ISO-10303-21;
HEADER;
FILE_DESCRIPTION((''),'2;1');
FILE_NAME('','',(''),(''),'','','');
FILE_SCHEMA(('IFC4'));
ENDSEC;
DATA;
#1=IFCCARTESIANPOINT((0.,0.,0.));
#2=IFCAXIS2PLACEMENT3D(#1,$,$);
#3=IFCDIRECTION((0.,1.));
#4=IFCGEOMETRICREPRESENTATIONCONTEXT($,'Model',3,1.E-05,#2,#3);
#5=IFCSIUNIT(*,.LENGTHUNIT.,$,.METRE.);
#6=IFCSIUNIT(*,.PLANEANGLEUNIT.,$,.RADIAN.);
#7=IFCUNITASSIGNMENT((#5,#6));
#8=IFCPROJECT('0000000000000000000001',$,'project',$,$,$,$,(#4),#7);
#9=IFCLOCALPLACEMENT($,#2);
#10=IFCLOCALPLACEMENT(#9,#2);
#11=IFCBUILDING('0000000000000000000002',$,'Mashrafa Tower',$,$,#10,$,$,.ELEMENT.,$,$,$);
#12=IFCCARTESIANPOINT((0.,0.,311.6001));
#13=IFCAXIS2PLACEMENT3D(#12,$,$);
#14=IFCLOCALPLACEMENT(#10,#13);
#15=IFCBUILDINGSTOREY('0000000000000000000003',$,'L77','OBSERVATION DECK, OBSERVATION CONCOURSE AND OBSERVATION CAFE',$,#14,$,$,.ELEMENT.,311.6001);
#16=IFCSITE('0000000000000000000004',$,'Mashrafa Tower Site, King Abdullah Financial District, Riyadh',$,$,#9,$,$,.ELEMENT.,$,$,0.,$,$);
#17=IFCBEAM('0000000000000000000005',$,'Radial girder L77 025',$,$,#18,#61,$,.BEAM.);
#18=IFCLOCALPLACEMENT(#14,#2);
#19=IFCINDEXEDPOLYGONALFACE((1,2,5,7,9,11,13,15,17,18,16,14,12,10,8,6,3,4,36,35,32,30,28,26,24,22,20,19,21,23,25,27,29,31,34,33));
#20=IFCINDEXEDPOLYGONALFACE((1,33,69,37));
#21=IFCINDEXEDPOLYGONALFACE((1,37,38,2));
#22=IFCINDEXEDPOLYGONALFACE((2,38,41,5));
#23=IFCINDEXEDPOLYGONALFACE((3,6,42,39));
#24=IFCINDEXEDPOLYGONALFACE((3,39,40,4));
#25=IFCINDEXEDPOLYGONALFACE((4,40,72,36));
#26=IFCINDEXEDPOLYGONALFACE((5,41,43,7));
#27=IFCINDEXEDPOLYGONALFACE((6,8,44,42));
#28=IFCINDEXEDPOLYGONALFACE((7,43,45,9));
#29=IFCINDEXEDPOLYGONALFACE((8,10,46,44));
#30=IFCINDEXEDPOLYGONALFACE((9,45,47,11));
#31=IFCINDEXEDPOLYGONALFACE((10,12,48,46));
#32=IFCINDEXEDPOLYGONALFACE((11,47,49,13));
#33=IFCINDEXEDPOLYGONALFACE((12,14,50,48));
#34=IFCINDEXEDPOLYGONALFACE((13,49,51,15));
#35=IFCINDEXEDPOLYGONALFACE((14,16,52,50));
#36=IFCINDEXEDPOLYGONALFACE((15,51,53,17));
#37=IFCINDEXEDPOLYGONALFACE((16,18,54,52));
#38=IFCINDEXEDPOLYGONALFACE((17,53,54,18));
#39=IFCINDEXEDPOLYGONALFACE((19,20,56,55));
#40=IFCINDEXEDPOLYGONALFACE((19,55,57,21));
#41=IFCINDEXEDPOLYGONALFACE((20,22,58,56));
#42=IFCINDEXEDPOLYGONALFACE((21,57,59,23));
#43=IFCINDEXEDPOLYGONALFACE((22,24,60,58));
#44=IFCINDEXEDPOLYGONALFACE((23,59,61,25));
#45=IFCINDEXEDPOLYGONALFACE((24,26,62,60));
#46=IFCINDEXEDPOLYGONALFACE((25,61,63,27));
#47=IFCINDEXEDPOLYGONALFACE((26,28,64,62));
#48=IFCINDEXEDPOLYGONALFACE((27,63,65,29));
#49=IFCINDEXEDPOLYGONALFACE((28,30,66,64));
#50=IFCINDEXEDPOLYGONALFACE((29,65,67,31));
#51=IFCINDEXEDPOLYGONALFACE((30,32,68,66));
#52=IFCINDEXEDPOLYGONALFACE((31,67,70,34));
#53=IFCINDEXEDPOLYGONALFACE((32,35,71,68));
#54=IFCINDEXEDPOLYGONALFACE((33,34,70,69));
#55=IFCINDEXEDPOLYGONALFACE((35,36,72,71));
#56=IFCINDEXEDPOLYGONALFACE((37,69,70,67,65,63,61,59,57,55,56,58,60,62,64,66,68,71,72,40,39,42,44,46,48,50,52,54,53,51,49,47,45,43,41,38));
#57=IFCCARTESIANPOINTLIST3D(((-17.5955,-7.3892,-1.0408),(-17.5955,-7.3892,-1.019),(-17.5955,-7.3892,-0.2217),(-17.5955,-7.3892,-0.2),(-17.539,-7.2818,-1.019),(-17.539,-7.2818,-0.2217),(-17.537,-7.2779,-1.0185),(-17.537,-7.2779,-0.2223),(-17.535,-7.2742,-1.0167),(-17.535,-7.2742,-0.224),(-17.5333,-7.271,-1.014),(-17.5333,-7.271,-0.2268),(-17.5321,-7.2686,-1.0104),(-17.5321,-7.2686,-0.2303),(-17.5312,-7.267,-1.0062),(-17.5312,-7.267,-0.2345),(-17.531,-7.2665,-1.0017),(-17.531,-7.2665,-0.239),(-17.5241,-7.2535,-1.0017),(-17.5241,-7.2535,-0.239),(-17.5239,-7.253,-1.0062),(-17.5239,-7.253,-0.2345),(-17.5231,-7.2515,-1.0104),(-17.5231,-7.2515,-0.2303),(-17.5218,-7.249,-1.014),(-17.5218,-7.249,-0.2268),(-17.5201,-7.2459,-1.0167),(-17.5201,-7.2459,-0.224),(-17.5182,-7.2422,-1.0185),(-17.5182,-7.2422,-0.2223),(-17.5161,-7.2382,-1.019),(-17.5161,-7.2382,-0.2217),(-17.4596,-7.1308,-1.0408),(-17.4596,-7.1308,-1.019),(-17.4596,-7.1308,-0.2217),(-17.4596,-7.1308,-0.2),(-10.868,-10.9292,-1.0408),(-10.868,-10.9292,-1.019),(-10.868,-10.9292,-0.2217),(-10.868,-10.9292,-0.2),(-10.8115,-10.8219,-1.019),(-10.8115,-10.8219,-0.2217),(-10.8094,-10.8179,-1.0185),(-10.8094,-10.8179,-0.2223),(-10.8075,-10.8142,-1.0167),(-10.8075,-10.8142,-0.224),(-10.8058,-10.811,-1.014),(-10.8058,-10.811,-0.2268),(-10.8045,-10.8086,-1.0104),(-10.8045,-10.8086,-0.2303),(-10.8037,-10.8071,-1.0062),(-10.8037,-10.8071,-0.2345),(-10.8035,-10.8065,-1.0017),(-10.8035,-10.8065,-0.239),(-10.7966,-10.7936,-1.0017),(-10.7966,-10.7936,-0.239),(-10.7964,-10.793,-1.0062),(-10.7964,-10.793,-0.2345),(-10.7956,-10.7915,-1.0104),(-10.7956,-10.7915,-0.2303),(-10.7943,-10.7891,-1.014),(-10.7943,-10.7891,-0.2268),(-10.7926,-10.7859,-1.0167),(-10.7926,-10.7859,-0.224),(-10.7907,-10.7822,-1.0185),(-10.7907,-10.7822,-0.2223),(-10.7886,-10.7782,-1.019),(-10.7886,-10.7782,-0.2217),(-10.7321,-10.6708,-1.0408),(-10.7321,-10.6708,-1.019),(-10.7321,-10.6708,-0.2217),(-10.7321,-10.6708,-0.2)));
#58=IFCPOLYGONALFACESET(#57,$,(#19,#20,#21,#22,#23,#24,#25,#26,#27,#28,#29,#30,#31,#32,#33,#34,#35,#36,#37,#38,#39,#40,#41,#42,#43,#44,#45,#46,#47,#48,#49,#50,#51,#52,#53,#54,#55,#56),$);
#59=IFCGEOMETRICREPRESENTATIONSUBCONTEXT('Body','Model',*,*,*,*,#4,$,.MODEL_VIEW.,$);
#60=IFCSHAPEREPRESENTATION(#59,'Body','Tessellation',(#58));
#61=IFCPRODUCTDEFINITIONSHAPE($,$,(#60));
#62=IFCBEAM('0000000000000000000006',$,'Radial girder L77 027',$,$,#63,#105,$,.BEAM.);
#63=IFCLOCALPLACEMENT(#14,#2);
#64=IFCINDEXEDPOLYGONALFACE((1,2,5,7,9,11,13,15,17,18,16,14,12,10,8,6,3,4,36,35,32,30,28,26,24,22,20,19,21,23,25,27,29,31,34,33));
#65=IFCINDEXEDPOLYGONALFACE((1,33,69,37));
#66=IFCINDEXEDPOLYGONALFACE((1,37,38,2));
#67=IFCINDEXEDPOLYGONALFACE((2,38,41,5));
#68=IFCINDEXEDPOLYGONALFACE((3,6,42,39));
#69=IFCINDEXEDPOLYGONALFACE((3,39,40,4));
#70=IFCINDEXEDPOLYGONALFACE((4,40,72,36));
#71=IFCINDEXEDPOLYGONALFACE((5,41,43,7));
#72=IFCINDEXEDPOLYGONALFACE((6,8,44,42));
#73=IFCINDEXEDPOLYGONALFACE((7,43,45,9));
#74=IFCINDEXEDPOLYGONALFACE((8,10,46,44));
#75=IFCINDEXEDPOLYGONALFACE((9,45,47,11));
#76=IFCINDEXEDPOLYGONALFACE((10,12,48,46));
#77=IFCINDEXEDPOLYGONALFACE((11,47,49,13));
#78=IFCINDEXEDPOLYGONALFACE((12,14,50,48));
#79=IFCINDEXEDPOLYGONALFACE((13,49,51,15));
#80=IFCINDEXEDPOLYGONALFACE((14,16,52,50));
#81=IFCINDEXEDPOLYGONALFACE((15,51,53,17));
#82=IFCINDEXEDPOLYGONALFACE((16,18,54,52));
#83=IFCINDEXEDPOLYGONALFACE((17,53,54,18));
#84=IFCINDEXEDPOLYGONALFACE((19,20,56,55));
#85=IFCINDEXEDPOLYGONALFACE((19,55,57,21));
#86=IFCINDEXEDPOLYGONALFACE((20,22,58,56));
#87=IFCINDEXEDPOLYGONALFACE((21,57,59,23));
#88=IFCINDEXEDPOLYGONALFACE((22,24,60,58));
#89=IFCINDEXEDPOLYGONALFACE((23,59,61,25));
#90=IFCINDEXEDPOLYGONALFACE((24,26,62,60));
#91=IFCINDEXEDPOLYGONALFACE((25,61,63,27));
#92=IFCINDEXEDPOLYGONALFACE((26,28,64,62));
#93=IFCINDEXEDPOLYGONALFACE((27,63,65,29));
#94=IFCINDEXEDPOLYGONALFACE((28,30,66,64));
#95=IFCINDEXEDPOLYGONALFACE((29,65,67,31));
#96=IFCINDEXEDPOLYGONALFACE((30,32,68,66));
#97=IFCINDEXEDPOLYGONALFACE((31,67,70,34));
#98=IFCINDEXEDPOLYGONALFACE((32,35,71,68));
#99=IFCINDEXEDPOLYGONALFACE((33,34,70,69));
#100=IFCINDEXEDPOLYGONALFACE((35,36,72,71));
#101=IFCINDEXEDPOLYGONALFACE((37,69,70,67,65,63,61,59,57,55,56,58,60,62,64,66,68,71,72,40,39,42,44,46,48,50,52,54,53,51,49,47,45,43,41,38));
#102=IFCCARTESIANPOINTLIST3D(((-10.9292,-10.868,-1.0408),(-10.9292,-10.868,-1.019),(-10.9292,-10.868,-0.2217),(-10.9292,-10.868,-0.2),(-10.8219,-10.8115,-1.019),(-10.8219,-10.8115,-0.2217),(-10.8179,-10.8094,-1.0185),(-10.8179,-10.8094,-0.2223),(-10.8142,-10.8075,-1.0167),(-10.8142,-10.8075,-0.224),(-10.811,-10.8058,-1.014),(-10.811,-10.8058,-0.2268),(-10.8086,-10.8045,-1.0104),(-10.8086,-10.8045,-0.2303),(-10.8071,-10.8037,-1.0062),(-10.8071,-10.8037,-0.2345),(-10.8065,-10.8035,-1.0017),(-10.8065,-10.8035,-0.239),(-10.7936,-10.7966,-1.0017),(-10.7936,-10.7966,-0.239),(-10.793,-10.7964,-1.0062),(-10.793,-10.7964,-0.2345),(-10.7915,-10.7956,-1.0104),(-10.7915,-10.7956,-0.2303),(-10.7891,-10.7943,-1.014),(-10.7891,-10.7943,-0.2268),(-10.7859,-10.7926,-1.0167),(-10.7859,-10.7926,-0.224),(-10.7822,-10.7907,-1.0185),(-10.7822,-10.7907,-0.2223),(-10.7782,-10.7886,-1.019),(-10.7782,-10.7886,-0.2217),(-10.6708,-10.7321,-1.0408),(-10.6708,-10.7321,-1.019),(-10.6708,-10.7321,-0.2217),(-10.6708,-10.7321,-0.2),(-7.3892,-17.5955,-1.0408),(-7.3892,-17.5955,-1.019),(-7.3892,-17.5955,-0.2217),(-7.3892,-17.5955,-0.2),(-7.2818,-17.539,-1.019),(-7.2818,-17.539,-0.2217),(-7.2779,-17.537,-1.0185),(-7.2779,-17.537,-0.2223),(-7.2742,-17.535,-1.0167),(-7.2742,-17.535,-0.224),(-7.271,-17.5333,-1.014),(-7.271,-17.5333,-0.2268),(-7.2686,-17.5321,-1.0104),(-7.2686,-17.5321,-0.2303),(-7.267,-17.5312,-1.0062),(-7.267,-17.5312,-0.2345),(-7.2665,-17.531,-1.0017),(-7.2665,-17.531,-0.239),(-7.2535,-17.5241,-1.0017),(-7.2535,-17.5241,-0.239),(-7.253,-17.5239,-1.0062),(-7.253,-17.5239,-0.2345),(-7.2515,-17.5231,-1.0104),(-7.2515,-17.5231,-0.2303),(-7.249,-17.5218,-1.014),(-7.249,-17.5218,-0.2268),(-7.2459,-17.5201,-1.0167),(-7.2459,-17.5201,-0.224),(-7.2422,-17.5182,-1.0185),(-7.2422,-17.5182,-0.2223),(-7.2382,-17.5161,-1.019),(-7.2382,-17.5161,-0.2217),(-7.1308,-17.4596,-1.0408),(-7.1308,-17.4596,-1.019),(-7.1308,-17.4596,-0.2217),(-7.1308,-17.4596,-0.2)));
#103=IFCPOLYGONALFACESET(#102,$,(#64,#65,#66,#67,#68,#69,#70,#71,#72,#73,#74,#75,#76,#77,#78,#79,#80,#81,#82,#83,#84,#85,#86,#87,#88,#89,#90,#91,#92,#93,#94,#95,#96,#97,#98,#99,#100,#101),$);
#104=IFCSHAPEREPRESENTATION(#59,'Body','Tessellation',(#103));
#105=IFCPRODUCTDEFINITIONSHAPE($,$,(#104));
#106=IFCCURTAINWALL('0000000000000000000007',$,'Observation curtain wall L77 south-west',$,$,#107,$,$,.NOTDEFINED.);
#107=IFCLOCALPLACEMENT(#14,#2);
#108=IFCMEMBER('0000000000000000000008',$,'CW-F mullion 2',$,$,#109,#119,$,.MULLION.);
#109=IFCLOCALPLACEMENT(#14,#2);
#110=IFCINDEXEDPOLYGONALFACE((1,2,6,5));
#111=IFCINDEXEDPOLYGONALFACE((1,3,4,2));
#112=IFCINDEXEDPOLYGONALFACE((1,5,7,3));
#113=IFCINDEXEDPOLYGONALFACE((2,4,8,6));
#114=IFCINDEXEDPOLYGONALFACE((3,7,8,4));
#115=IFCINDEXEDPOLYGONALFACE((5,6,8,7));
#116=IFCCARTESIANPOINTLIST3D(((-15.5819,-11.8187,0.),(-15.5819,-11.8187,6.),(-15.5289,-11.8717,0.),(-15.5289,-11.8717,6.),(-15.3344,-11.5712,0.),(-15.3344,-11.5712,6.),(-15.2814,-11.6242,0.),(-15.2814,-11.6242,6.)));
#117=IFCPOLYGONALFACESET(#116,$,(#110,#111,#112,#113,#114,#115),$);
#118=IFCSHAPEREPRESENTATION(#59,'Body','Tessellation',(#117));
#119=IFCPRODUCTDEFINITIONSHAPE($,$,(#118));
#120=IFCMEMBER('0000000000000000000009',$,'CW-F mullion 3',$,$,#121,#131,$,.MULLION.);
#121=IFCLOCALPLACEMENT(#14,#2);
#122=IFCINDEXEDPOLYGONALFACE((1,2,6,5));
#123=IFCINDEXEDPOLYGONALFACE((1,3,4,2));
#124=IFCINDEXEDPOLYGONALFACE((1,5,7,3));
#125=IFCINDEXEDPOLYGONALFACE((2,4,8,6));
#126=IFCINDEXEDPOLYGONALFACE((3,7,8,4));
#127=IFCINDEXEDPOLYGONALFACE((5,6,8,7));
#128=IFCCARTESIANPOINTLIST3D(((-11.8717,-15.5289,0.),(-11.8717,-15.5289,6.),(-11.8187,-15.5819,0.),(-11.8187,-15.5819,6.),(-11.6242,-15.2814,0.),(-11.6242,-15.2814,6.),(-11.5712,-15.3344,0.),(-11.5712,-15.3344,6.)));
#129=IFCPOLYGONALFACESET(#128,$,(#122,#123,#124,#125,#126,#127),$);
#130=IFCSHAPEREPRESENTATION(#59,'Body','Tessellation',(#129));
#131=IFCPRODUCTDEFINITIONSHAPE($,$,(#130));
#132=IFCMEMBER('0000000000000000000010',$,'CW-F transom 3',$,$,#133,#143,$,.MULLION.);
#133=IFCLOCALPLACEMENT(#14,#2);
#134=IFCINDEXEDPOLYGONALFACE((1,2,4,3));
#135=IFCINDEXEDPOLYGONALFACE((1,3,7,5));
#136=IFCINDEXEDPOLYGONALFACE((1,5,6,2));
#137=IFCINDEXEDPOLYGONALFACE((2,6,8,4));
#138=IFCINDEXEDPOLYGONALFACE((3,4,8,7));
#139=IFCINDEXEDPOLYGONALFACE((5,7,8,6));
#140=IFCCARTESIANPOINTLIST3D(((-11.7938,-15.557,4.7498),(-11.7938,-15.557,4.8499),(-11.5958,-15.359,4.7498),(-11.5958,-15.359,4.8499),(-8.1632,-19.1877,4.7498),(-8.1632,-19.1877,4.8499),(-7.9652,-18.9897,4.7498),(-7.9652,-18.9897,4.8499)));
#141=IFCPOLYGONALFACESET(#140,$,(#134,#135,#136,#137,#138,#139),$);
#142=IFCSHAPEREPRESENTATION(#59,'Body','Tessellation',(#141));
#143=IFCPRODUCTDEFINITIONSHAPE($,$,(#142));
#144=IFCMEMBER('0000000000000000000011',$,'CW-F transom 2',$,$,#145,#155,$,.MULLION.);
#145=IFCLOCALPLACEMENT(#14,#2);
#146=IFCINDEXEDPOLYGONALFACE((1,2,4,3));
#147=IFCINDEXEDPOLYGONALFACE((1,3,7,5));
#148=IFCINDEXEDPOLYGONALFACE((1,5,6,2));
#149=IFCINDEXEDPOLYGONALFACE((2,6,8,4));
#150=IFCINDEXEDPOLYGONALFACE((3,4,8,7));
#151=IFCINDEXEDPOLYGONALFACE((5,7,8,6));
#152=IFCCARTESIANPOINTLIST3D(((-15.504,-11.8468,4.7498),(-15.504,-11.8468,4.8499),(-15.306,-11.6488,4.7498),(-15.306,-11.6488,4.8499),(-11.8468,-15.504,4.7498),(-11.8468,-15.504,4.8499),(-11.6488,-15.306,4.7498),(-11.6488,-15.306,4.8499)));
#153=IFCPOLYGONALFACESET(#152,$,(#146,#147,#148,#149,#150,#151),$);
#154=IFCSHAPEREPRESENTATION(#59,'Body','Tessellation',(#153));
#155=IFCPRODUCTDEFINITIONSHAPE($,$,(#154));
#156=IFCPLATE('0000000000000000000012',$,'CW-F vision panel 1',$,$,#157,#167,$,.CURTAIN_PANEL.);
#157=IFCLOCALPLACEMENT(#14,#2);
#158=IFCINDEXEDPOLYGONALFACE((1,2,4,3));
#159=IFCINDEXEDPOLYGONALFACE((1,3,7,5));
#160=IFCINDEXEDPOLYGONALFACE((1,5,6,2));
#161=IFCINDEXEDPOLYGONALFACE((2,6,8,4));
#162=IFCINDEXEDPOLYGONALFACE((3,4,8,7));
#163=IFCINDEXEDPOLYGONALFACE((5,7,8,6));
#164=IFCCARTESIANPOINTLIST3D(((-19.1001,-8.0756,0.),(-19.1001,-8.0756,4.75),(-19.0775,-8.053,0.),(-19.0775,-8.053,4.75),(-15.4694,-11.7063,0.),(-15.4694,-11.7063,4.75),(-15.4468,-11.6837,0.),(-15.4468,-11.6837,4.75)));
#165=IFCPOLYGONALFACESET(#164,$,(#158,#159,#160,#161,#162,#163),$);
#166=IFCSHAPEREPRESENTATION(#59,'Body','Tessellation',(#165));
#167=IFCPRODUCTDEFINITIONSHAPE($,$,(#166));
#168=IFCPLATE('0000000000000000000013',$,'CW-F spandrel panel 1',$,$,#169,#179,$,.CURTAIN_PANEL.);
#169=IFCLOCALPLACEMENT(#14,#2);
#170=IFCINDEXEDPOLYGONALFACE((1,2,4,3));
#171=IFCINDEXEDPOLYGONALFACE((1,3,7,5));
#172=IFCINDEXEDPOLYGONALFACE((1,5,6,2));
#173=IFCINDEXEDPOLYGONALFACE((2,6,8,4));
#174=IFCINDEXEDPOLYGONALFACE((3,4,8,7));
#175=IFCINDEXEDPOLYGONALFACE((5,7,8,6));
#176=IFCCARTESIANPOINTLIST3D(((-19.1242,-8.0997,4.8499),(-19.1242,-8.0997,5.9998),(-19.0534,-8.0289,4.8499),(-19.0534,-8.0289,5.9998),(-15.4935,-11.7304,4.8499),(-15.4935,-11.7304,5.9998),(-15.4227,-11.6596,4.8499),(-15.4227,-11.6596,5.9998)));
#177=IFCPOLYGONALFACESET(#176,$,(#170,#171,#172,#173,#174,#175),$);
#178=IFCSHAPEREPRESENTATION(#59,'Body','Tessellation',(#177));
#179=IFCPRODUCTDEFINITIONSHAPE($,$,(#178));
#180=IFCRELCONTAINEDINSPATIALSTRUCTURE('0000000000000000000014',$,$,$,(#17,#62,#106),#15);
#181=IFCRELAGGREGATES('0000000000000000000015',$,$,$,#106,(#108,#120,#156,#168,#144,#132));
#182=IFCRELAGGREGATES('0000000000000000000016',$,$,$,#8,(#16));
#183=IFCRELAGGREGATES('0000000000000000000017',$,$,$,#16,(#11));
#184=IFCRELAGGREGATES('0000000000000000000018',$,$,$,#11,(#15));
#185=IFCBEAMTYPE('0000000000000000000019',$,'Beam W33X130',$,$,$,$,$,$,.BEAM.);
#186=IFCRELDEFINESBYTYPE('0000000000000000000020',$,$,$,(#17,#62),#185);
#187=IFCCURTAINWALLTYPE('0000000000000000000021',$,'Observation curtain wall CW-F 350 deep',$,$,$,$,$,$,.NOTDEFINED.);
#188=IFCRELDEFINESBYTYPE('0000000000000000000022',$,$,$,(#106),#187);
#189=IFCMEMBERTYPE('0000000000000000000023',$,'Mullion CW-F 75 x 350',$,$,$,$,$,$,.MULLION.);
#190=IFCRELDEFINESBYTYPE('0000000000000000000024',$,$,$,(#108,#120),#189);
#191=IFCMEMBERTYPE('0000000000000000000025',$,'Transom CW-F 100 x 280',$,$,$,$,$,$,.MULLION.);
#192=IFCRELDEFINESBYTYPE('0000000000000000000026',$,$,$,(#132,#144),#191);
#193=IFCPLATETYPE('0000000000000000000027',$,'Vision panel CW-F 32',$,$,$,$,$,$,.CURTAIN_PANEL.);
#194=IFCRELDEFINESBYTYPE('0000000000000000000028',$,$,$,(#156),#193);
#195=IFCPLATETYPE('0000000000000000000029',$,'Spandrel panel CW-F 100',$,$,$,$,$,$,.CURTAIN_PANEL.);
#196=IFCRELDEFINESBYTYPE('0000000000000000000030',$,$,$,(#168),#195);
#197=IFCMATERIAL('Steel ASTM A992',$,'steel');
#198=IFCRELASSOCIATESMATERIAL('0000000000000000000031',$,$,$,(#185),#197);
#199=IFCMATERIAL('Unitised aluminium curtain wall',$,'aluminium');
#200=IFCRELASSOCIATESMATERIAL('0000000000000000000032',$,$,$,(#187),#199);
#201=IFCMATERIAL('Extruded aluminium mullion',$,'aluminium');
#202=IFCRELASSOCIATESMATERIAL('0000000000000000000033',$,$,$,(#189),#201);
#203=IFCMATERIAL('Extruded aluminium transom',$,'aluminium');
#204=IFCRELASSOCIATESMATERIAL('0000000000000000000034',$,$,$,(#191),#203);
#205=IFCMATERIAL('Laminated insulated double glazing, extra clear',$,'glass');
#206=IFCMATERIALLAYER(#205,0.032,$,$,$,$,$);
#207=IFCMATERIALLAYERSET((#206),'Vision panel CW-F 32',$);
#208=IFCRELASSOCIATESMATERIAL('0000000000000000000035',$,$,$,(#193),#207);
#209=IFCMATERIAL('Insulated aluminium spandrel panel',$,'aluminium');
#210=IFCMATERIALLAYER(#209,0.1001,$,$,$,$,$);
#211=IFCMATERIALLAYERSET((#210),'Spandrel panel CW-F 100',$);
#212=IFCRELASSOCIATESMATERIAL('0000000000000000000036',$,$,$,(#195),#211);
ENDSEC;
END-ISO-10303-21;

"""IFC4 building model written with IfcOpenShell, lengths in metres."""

from ifc_helpers import new_model, si_unit, direction, frame, origin, origin_2d, place, context, subcontext, project, spatial, rectangle, i_section, extrude, source, transform, mapped, material, layer, layer_set, material_profile, profile_set, type_object, type_shapes, element, aggregate, save


model = new_model("IFC4")

# Units and contexts
model_context = context("Model", 3, precision=1e-05, world=origin(), true_north=direction((0.0, 1.0)))
body_context = subcontext(model_context, "Body", "Model", "MODEL_VIEW")
ifc_project = project(units=[si_unit("LENGTHUNIT", "METRE"), si_unit("PLANEANGLEUNIT", "RADIAN")], contexts=[model_context])

# Site, building, storey
site_placement = place(None, origin())
site = spatial("IfcSite", under=ifc_project, at=site_placement, Name="Mashrafa Tower Site, King Abdullah Financial District, Riyadh", CompositionType="ELEMENT", RefElevation=0.0)
building_placement = place(site_placement, origin())
building = spatial("IfcBuilding", under=site, at=building_placement, Name="Mashrafa Tower", CompositionType="ELEMENT")
storey_placement = place(building_placement, frame((0.0, 0.0, 311.6001)))
storey = spatial("IfcBuildingStorey", under=building, at=storey_placement, Name="L77", Description="OBSERVATION DECK, OBSERVATION CONCOURSE AND OBSERVATION CAFE", CompositionType="ELEMENT", Elevation=311.6001)

# Beams
ifc_material_1 = material(Name="Steel ASTM A992", Category="steel")
ifc_material_profile_1 = material_profile(ifc_material_1, i_section(OverallWidth=0.292, OverallDepth=0.8408, WebThickness=0.0146, FlangeThickness=0.0217, FilletRadius=0.0173, at=origin_2d()), Name="W33X130")
ifc_profile_set_1 = profile_set([ifc_material_profile_1], Name="Steel ASTM A992")
beam_type_1 = type_object("IfcBeamType", Name="Beam W33X130", PredefinedType="BEAM", material=ifc_profile_set_1)
for number, where, z_axis, x_axis, name in (
    (1, (-10.8, -10.8, -0.6204), (-0.88496, 0.465667, 0.0), (-0.465667, -0.88496, 0.0), "Radial girder L77 025"),
    (2, (-10.8, -10.8, -0.6204), (0.465667, -0.88496, 0.0), (0.88496, 0.465667, 0.0), "Radial girder L77 027"),
):
    element("IfcBeam", number, at=place(storey_placement, frame(where, z_axis=z_axis, x_axis=x_axis)), inside=storey, type_object=beam_type_1, Name=name, PredefinedType="BEAM", context=body_context, shape_type="SweptSolid", body=[
        extrude(i_section(OverallWidth=0.292, OverallDepth=0.8408, WebThickness=0.0146, FlangeThickness=0.0217, FilletRadius=0.0173, at=origin_2d()), origin(), (0.0, 0.0, 1.0), 7.6021),
    ])

# Curtain wall, members, plates
ifc_material_2 = material(Name="Unitised aluminium curtain wall", Category="aluminium")
curtain_wall_type = type_object("IfcCurtainWallType", Name="Observation curtain wall CW-F 350 deep", PredefinedType="NOTDEFINED", material=ifc_material_2)
curtain_wall_placement = place(storey_placement, origin())
curtain_wall = element("IfcCurtainWall", 3, at=curtain_wall_placement, inside=storey, type_object=curtain_wall_type, Name="Observation curtain wall L77 south-west", PredefinedType="NOTDEFINED")
ifc_material_3 = material(Name="Extruded aluminium mullion", Category="aluminium")
ifc_material_profile_2 = material_profile(ifc_material_3, rectangle(XDim=0.3501, YDim=0.075, at=origin_2d()), Name="Mullion 75x350")
ifc_profile_set_2 = profile_set([ifc_material_profile_2], Name="Extruded aluminium mullion")
member_type_1 = type_object("IfcMemberType", Name="Mullion CW-F 75 x 350", PredefinedType="MULLION", material=ifc_profile_set_2)
shared_shape_1 = source(origin(), body_context, "Body", "SweptSolid", [
    extrude(rectangle(XDim=0.3501, YDim=0.075, at=origin_2d()), origin(), (0.0, 0.0, 1.0), 6.0),
])
type_shapes(member_type_1, [shared_shape_1])
member_1_placement = place(storey_placement, frame((-15.4316, -11.7214, 0.0), z_axis=(0.0, 0.0, 1.0), x_axis=(0.707107, 0.707107, 0.0)))
member_1 = element("IfcMember", 4, at=member_1_placement, type_object=member_type_1, Name="CW-F mullion 2", PredefinedType="MULLION", context=body_context, shape_type="MappedRepresentation", body=[
    mapped(shared_shape_1, transform((0.0, 0.0, 0.0))),
])
member_2_placement = place(storey_placement, frame((-11.7214, -15.4316, 0.0), z_axis=(0.0, 0.0, 1.0), x_axis=(0.707107, 0.707107, 0.0)))
member_2 = element("IfcMember", 5, at=member_2_placement, type_object=member_type_1, Name="CW-F mullion 3", PredefinedType="MULLION", context=body_context, shape_type="MappedRepresentation", body=[
    mapped(shared_shape_1, transform((0.0, 0.0, 0.0))),
])
ifc_material_4 = material(Name="Extruded aluminium transom", Category="aluminium")
ifc_material_profile_3 = material_profile(ifc_material_4, rectangle(XDim=0.28, YDim=0.1001, at=origin_2d()), Name="Transom 100x280")
ifc_profile_set_3 = profile_set([ifc_material_profile_3], Name="Extruded aluminium transom")
member_type_2 = type_object("IfcMemberType", Name="Transom CW-F 100 x 280", PredefinedType="MULLION", material=ifc_profile_set_3)
shared_shape_2 = source(origin(), body_context, "Body", "SweptSolid", [
    extrude(rectangle(XDim=0.28, YDim=0.1001, at=origin_2d()), origin(), (0.0, 0.0, 1.0), 5.1345),
])
member_3_placement = place(storey_placement, frame((-11.6948, -15.458, 4.7998), z_axis=(0.707107, -0.707107, 0.0), x_axis=(0.707107, 0.707107, 0.0)))
member_3 = element("IfcMember", 6, at=member_3_placement, type_object=member_type_2, Name="CW-F transom 3", PredefinedType="MULLION", context=body_context, shape_type="MappedRepresentation", body=[
    mapped(shared_shape_2, transform((0.0, 0.0, 0.0))),
])
shared_shape_3 = source(origin(), body_context, "Body", "SweptSolid", [
    extrude(rectangle(XDim=0.28, YDim=0.1001, at=origin_2d()), origin(), (0.0, 0.0, 1.0), 5.1721),
])
type_shapes(member_type_2, [shared_shape_2, shared_shape_3])
member_4_placement = place(storey_placement, frame((-15.405, -11.7478, 4.7998), z_axis=(0.707107, -0.707107, 0.0), x_axis=(0.707107, 0.707107, 0.0)))
member_4 = element("IfcMember", 7, at=member_4_placement, type_object=member_type_2, Name="CW-F transom 2", PredefinedType="MULLION", context=body_context, shape_type="MappedRepresentation", body=[
    mapped(shared_shape_3, transform((0.0, 0.0, 0.0))),
])
ifc_material_5 = material(Name="Laminated insulated double glazing, extra clear", Category="glass")
ifc_layer_1 = layer(ifc_material_5, 0.032)
ifc_layer_set_1 = layer_set([ifc_layer_1], Name="Vision panel CW-F 32")
plate_type_1 = type_object("IfcPlateType", Name="Vision panel CW-F 32", PredefinedType="CURTAIN_PANEL", material=ifc_layer_set_1)
shared_shape_4 = source(origin(), body_context, "Body", "SweptSolid", [
    extrude(rectangle(XDim=5.1345, YDim=0.032, at=origin_2d()), origin(), (0.0, 0.0, 1.0), 4.75),
])
plate_1_placement = place(storey_placement, frame((-17.2734, -9.8796, 0.0), z_axis=(0.0, 0.0, 1.0), x_axis=(0.707107, -0.707107, 0.0)))
plate_1 = element("IfcPlate", 8, at=plate_1_placement, type_object=plate_type_1, Name="CW-F vision panel 1", PredefinedType="CURTAIN_PANEL", context=body_context, shape_type="MappedRepresentation", body=[
    mapped(shared_shape_4, transform((0.0, 0.0, 0.0))),
])
ifc_material_6 = material(Name="Insulated aluminium spandrel panel", Category="aluminium")
ifc_layer_2 = layer(ifc_material_6, 0.1001)
ifc_layer_set_2 = layer_set([ifc_layer_2], Name="Spandrel panel CW-F 100")
plate_type_2 = type_object("IfcPlateType", Name="Spandrel panel CW-F 100", PredefinedType="CURTAIN_PANEL", material=ifc_layer_set_2)
shared_shape_5 = source(origin(), body_context, "Body", "SweptSolid", [
    extrude(rectangle(XDim=5.1345, YDim=0.1001, at=origin_2d()), origin(), (0.0, 0.0, 1.0), 1.1499),
])
plate_2_placement = place(storey_placement, frame((-17.2734, -9.8796, 4.8499), z_axis=(0.0, 0.0, 1.0), x_axis=(0.707107, -0.707107, 0.0)))
plate_2 = element("IfcPlate", 9, at=plate_2_placement, type_object=plate_type_2, Name="CW-F spandrel panel 1", PredefinedType="CURTAIN_PANEL", context=body_context, shape_type="MappedRepresentation", body=[
    mapped(shared_shape_5, transform((0.0, 0.0, 0.0))),
])
aggregate(curtain_wall, [member_1, member_2, plate_1, plate_2, member_4, member_3])

save(model, "model.ifc")
